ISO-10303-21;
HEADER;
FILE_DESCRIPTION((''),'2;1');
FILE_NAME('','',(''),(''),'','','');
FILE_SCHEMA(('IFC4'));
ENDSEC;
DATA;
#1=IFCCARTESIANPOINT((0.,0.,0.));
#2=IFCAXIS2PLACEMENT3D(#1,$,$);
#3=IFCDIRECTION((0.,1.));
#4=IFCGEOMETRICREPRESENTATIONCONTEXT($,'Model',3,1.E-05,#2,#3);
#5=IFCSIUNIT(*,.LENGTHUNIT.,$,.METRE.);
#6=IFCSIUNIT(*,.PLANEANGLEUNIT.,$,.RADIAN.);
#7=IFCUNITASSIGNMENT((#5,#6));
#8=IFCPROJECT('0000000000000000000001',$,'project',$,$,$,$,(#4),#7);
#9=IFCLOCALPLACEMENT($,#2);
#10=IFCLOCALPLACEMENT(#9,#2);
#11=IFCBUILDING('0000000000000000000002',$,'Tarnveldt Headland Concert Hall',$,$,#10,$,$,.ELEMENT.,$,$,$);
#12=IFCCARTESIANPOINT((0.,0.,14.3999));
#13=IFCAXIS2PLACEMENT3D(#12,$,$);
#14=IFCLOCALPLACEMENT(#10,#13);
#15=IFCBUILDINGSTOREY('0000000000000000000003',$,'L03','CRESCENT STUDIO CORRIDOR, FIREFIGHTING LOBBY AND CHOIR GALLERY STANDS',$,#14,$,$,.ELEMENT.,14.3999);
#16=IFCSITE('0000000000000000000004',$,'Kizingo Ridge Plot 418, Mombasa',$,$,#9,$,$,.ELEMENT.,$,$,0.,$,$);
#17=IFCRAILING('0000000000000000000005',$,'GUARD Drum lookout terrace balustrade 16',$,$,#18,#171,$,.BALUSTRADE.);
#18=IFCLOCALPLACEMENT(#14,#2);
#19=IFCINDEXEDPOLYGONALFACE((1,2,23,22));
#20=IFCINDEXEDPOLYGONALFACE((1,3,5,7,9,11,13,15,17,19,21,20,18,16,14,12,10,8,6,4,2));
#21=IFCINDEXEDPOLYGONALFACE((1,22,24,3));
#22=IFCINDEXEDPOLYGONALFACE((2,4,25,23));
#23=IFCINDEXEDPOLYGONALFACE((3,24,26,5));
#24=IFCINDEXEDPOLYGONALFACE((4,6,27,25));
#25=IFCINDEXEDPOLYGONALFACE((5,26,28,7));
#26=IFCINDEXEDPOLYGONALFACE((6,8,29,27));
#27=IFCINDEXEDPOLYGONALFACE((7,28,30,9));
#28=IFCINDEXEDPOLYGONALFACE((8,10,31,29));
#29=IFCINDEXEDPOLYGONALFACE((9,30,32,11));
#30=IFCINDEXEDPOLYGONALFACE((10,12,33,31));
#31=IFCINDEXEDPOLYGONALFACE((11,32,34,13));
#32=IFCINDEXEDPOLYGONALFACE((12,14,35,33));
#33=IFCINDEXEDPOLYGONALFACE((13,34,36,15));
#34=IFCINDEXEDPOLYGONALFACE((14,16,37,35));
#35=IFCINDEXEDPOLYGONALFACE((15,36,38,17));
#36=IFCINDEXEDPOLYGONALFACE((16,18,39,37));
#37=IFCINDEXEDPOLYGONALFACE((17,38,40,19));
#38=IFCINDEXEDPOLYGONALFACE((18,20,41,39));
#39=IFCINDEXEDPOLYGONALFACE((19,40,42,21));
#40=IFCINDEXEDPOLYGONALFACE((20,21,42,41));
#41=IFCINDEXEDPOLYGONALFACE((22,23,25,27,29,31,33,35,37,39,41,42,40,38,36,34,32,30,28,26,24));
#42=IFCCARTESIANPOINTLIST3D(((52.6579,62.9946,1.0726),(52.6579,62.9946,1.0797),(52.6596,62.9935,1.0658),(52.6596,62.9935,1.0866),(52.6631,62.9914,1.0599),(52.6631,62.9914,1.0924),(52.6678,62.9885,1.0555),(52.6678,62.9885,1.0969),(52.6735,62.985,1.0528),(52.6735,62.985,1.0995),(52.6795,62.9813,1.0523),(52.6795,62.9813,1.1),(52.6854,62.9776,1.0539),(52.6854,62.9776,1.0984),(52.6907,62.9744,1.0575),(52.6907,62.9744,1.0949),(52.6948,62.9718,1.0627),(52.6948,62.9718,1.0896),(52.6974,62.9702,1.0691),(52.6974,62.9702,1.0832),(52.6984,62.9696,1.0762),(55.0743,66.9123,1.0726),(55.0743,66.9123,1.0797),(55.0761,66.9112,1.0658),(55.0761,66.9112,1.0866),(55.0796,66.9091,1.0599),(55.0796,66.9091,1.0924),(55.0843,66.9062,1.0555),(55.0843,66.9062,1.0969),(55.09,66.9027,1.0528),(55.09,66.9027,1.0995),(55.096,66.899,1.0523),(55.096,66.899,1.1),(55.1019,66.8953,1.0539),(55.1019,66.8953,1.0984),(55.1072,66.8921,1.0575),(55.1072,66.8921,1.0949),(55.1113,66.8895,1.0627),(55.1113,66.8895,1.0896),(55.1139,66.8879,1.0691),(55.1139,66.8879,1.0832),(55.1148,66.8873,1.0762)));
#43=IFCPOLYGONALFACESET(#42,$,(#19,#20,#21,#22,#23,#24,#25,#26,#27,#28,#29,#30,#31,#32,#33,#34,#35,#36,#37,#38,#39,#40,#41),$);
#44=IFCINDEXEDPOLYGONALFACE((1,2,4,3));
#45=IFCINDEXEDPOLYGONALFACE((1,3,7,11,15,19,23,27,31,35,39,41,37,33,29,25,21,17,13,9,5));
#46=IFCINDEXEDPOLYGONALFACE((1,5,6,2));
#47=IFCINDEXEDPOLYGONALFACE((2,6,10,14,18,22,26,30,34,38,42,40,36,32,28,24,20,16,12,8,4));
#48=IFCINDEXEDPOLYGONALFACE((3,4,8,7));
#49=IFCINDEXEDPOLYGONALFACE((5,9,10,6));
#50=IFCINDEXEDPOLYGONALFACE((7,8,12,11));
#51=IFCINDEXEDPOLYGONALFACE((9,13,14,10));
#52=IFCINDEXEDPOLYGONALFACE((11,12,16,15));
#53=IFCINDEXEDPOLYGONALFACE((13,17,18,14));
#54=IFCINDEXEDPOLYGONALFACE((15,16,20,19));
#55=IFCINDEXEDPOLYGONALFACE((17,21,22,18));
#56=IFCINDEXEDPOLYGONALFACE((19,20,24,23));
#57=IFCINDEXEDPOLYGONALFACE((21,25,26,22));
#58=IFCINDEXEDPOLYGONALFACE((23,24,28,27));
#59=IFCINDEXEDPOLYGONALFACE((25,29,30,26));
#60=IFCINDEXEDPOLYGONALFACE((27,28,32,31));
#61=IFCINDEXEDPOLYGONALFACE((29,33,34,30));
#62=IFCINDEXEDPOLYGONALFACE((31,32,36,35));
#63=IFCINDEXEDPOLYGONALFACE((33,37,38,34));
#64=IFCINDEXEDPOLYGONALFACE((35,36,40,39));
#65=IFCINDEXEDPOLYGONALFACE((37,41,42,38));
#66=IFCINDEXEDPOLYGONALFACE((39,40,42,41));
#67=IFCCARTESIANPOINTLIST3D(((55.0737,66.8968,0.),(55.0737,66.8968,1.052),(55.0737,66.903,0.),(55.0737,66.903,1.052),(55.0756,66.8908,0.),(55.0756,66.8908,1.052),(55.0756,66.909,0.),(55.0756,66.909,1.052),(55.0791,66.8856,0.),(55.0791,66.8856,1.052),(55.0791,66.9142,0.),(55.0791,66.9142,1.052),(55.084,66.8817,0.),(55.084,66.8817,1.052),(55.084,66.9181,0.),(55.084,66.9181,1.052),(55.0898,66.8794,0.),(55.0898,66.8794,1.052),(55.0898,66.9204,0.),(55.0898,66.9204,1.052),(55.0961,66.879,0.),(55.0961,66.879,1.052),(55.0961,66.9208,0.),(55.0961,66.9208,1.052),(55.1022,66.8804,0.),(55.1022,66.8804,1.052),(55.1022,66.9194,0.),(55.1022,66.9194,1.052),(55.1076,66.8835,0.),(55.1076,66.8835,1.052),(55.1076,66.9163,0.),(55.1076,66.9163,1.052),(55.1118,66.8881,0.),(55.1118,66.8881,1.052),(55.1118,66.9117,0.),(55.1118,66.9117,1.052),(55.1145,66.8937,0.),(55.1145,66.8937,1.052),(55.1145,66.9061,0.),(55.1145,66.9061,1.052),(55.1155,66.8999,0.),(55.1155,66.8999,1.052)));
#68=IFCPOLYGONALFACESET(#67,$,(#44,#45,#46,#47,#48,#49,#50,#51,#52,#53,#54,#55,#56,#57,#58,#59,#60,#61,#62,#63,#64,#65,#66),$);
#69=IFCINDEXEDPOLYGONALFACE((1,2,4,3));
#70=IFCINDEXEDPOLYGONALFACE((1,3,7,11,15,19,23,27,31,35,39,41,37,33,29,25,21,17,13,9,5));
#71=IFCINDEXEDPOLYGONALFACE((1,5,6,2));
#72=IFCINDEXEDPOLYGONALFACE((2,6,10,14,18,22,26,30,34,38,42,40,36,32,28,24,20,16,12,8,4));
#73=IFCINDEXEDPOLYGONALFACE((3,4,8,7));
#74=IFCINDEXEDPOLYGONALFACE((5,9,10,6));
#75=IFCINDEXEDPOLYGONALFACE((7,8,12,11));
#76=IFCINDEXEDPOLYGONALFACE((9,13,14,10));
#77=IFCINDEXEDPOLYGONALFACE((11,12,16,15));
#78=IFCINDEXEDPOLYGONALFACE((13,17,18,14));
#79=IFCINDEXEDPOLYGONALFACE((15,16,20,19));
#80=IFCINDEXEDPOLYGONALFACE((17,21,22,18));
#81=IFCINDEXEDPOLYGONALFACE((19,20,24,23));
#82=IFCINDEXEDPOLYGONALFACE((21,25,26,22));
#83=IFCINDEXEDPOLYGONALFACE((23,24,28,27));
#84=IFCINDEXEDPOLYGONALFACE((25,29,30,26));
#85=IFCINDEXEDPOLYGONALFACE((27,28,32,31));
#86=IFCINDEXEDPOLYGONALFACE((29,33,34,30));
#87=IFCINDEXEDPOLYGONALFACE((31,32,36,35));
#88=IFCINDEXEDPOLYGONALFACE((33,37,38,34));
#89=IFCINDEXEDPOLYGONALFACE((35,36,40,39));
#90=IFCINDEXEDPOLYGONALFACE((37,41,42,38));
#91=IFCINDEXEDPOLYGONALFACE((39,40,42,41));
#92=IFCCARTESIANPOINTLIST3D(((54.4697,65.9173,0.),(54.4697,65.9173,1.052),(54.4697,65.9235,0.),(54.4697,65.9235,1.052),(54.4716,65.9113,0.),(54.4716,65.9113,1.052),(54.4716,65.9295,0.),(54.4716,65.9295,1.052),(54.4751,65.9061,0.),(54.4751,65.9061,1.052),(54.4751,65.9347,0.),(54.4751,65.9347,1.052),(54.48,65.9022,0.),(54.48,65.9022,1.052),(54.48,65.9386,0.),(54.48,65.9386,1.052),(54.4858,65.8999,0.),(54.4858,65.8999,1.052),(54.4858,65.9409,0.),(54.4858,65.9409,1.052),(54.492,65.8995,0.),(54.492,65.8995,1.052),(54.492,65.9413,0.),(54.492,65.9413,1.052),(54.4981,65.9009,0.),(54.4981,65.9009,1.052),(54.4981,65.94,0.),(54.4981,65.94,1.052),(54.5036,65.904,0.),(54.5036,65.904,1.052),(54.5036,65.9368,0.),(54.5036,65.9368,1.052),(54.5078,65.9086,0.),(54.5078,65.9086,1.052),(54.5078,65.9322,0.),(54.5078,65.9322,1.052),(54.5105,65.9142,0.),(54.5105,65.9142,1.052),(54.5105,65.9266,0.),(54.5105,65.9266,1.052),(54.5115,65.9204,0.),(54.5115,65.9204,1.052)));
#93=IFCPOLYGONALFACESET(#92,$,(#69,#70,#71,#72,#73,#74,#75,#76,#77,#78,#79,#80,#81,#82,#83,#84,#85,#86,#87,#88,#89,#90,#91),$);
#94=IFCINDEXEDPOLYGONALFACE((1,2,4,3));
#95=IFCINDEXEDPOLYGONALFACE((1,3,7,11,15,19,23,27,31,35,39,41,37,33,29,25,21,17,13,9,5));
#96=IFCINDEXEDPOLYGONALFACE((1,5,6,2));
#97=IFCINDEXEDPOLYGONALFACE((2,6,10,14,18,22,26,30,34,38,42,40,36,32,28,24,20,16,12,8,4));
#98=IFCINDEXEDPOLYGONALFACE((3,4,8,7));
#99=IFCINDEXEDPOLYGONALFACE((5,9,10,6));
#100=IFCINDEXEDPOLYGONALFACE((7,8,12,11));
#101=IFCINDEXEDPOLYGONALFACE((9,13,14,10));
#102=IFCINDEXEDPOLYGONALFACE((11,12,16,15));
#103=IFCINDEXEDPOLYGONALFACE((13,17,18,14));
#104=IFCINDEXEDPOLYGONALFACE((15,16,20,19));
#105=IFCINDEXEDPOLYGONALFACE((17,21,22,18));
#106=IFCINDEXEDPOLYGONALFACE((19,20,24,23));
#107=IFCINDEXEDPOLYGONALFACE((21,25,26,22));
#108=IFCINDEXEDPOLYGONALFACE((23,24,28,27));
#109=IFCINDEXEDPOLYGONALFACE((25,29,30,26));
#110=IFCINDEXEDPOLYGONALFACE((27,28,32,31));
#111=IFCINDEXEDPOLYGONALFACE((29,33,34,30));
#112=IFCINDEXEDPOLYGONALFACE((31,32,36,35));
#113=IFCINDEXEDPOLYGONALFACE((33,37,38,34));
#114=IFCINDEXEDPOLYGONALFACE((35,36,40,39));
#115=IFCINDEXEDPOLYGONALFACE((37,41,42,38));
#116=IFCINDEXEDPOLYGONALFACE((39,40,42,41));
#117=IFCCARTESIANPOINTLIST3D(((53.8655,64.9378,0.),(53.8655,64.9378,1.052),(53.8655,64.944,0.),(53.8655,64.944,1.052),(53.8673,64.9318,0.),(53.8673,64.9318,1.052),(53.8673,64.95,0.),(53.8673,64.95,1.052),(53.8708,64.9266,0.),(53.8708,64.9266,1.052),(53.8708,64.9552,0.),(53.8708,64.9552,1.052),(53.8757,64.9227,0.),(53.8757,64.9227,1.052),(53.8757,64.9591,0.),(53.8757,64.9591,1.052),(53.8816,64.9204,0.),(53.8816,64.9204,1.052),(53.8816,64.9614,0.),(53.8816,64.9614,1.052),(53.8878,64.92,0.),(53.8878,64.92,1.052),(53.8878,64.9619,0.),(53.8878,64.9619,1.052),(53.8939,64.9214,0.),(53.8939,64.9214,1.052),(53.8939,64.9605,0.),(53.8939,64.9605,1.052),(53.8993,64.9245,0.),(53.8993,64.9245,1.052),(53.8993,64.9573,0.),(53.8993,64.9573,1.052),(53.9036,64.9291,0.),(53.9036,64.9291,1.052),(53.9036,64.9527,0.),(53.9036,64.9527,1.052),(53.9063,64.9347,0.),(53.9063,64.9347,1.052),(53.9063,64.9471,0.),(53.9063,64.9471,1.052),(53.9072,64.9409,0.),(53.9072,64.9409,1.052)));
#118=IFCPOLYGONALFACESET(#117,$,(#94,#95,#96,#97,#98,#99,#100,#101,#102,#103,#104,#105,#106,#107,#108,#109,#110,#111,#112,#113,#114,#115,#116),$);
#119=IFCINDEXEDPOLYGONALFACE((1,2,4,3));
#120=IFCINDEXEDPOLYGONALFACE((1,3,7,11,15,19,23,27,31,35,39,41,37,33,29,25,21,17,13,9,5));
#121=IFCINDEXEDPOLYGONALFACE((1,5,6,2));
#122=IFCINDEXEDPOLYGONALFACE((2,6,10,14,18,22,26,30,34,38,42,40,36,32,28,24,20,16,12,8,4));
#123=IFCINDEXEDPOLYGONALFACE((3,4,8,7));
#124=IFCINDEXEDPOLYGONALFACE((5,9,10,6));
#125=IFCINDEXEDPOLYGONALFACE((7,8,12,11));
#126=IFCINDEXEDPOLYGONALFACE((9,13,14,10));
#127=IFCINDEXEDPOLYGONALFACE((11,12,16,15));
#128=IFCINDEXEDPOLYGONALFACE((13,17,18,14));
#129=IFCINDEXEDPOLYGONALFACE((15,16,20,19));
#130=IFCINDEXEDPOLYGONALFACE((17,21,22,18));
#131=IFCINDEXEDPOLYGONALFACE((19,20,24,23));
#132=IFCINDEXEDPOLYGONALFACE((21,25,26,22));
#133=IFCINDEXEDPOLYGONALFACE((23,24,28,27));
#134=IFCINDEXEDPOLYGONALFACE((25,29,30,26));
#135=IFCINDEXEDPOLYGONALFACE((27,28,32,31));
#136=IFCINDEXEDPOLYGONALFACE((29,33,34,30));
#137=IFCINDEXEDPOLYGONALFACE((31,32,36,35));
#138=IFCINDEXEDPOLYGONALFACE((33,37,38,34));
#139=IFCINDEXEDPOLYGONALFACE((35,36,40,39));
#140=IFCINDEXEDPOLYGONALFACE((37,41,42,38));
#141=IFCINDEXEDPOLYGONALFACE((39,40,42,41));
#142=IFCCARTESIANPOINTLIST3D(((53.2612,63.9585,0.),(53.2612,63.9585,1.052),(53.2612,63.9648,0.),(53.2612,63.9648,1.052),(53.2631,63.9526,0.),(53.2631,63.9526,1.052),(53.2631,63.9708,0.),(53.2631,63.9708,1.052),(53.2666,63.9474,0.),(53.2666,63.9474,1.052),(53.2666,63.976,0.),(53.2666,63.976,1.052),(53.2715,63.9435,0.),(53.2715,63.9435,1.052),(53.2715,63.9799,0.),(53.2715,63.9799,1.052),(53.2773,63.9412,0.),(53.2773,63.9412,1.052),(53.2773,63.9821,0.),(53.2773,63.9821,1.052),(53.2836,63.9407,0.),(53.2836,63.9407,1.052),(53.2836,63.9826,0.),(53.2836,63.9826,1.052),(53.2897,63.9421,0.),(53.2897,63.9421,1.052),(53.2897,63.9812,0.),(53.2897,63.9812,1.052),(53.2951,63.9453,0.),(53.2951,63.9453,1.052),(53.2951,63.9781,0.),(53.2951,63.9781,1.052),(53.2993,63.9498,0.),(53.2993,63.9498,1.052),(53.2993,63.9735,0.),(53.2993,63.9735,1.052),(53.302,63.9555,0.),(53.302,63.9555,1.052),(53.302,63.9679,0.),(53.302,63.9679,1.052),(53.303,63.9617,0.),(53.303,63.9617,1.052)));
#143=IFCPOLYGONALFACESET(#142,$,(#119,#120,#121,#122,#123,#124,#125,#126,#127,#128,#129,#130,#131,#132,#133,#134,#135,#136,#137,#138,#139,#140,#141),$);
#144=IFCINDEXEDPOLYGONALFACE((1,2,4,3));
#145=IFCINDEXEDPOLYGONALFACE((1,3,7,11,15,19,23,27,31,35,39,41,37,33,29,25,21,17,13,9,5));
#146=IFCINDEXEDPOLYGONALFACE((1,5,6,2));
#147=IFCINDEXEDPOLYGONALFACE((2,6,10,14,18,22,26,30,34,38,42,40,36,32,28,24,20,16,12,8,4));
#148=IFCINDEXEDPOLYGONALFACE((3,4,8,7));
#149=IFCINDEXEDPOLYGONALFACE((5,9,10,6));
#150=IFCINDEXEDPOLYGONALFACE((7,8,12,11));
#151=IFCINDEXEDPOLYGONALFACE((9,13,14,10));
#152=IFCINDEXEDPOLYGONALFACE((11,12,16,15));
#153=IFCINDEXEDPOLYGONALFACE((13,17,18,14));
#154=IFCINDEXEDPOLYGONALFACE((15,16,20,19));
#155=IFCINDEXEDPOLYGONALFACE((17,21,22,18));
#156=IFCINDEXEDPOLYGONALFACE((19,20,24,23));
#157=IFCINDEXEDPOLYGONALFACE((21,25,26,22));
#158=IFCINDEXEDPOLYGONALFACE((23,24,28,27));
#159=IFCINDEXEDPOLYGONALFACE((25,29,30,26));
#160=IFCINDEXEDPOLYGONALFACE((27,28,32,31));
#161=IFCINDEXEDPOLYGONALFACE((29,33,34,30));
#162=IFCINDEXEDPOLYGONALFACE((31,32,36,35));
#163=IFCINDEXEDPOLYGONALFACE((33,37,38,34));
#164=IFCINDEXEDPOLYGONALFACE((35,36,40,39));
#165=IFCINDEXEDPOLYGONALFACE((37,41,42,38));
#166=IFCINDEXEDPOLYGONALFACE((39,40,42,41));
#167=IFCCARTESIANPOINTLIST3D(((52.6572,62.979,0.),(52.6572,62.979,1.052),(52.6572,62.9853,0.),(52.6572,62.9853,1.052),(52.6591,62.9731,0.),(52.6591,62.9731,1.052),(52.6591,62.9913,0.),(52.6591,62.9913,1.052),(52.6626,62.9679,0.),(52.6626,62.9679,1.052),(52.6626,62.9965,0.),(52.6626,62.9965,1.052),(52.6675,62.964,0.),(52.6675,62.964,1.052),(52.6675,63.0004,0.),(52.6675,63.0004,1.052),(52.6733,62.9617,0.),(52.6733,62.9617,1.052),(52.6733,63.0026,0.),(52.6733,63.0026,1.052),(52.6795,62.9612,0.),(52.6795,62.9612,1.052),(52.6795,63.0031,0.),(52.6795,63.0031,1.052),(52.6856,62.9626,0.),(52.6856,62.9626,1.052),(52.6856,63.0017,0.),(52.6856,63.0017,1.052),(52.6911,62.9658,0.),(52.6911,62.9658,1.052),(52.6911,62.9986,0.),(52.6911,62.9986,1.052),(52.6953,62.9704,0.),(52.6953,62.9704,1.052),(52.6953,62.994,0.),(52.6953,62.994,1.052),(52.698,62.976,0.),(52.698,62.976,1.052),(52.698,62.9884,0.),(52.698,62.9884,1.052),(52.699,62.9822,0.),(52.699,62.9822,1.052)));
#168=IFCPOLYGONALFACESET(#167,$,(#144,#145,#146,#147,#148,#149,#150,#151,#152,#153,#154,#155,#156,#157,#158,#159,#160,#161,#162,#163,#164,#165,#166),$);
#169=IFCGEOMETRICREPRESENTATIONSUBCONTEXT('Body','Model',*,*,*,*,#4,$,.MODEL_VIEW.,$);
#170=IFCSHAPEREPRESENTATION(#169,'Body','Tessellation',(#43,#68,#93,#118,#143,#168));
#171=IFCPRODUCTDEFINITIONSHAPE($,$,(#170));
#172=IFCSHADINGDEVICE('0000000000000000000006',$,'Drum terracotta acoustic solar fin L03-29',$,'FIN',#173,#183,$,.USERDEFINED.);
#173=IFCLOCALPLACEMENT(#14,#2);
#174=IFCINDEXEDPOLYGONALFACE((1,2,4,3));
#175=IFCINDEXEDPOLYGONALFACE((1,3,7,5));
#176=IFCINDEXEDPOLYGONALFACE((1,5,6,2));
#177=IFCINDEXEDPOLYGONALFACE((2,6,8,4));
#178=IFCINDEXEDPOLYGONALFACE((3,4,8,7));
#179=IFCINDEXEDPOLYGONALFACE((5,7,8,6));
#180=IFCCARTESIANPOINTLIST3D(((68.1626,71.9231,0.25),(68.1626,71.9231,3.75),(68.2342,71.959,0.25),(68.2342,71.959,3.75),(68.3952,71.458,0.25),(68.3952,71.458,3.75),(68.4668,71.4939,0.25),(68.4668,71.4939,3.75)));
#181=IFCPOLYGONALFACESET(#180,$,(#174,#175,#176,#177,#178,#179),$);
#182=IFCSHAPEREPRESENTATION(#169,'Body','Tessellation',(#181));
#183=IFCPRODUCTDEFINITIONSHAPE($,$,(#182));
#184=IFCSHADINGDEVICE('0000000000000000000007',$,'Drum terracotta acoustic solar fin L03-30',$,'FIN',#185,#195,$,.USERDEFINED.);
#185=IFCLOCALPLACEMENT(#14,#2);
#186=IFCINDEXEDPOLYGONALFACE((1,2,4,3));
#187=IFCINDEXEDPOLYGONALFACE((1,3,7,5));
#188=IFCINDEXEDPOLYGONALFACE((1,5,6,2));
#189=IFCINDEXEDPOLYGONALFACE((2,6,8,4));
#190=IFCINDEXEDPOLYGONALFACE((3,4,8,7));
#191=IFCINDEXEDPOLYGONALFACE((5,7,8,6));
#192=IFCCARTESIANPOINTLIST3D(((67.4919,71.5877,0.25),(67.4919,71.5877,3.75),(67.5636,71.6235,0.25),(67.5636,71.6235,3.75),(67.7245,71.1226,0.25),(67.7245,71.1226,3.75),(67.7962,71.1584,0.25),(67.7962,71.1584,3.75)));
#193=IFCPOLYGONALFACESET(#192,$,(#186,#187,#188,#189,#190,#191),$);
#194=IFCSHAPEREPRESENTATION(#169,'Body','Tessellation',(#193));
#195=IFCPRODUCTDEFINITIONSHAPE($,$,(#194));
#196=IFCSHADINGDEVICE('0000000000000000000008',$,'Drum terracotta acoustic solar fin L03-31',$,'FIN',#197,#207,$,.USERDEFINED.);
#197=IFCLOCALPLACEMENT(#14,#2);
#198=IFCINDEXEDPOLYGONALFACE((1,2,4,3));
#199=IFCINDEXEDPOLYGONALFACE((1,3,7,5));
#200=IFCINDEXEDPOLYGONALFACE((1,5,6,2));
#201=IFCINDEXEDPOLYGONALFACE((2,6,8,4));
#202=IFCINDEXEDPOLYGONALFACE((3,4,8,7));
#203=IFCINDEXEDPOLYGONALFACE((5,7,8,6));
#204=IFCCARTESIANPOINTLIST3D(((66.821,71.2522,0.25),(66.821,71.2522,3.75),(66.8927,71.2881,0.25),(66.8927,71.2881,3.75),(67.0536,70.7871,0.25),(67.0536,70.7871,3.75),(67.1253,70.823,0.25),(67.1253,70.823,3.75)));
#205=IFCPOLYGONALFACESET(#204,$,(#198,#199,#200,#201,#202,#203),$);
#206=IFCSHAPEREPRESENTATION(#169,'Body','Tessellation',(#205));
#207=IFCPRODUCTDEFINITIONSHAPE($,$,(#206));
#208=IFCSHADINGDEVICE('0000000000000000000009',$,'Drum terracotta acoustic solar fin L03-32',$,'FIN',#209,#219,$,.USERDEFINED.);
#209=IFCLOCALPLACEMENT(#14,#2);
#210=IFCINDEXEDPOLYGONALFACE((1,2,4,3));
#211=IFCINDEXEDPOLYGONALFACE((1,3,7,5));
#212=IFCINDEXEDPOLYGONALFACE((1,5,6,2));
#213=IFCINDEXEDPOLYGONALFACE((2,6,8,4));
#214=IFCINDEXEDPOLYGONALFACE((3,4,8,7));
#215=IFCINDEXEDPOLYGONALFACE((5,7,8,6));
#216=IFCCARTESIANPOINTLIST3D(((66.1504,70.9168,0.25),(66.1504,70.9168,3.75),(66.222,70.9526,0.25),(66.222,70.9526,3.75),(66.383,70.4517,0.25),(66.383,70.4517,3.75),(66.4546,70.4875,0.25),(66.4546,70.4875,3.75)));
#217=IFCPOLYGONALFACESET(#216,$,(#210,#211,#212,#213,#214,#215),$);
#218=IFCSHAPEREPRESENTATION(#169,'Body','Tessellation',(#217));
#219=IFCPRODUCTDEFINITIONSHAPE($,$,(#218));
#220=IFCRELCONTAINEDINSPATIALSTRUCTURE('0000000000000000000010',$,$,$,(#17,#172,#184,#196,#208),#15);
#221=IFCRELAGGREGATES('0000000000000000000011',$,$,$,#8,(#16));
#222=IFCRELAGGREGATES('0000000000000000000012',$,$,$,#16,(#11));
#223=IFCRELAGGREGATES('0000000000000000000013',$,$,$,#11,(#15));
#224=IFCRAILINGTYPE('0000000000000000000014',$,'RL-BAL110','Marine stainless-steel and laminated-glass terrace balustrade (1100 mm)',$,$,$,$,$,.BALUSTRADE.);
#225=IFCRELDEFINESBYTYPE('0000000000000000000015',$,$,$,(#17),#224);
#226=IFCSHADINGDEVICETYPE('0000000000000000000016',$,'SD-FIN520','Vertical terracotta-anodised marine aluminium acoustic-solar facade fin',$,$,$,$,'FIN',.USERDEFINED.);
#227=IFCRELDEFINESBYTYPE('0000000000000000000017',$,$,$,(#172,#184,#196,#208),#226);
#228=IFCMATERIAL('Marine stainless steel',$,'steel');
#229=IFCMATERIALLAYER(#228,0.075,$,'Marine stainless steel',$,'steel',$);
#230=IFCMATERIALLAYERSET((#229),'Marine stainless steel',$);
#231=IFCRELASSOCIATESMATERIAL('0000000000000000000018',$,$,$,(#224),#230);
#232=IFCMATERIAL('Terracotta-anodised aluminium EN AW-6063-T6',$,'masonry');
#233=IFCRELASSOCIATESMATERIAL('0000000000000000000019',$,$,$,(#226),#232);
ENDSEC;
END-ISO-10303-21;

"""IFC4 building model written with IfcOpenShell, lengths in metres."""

from ifc_helpers import new_model, si_unit, direction, frame, origin, origin_2d, place, context, subcontext, project, spatial, rectangle, circle, extrude, material, layer, layer_set, type_object, element, save


model = new_model("IFC4")

# Units and contexts
model_context = context("Model", 3, precision=1e-05, world=origin(), true_north=direction((0.0, 1.0)))
body_context = subcontext(model_context, "Body", "Model", "MODEL_VIEW")
ifc_project = project(units=[si_unit("LENGTHUNIT", "METRE"), si_unit("PLANEANGLEUNIT", "RADIAN")], contexts=[model_context])

# Site, building, storey
site_placement = place(None, origin())
site = spatial("IfcSite", under=ifc_project, at=site_placement, Name="Kizingo Ridge Plot 418, Mombasa", CompositionType="ELEMENT", RefElevation=0.0)
building_placement = place(site_placement, origin())
building = spatial("IfcBuilding", under=site, at=building_placement, Name="Tarnveldt Headland Concert Hall", CompositionType="ELEMENT")
storey_placement = place(building_placement, frame((0.0, 0.0, 14.3999)))
storey = spatial("IfcBuildingStorey", under=building, at=storey_placement, Name="L03", Description="CRESCENT STUDIO CORRIDOR, FIREFIGHTING LOBBY AND CHOIR GALLERY STANDS", CompositionType="ELEMENT", Elevation=14.3999)

# Railing
ifc_material_1 = material(Name="Marine stainless steel", Category="steel")
ifc_layer_1 = layer(ifc_material_1, 0.075, Name="Marine stainless steel", Category="steel")
ifc_layer_set_1 = layer_set([ifc_layer_1], Name="Marine stainless steel")
railing_type = type_object("IfcRailingType", Name="RL-BAL110", Description="Marine stainless-steel and laminated-glass terrace balustrade (1100 mm)", PredefinedType="BALUSTRADE", material=ifc_layer_set_1)
railing_1_placement = place(storey_placement, frame((55.0945, 66.8999, 0.0)))
element("IfcRailing", 1, at=railing_1_placement, inside=storey, type_object=railing_type, Name="GUARD Drum lookout terrace balustrade 16", PredefinedType="BALUSTRADE", context=body_context, shape_type="SweptSolid", body=[
    extrude(circle(Radius=0.0239, at=origin_2d()), frame((0.0, 0.0, 1.0762), z_axis=(-0.524979, -0.851115, 0.0), x_axis=(0.851115, -0.524979, 0.0)), (0.0, 0.0, 1.0), 4.603),
    extrude(circle(Radius=0.021, at=origin_2d()), origin(), (0.0, 0.0, 1.0), 1.052),
    extrude(circle(Radius=0.021, at=origin_2d()), frame((-0.604, -0.9795, 0.0)), (0.0, 0.0, 1.0), 1.052),
    extrude(circle(Radius=0.021, at=origin_2d()), frame((-1.2083, -1.959, 0.0)), (0.0, 0.0, 1.0), 1.052),
    extrude(circle(Radius=0.021, at=origin_2d()), frame((-1.8125, -2.9382, 0.0)), (0.0, 0.0, 1.0), 1.052),
    extrude(circle(Radius=0.021, at=origin_2d()), frame((-2.4165, -3.9177, 0.0)), (0.0, 0.0, 1.0), 1.052),
])

# Shading devices
ifc_material_2 = material(Name="Terracotta-anodised aluminium EN AW-6063-T6", Category="masonry")
shading_device_type = type_object("IfcShadingDeviceType", Name="SD-FIN520", Description="Vertical terracotta-anodised marine aluminium acoustic-solar facade fin", ElementType="FIN", PredefinedType="USERDEFINED", material=ifc_material_2)
for number, where, z_axis, x_axis, name in (
    (2, (68.3147, 71.7085, 0.25), (0.0, 0.0, 1.0), (-0.447291, 0.894389, 0.0), "Drum terracotta acoustic solar fin L03-29"),
    (3, (67.644, 71.373, 0.25), (0.0, 0.0, 1.0), (-0.447291, 0.894389, 0.0), "Drum terracotta acoustic solar fin L03-30"),
    (4, (66.9731, 71.0376, 0.25), (0.0, 0.0, 1.0), (-0.447291, 0.894389, 0.0), "Drum terracotta acoustic solar fin L03-31"),
    (5, (66.3025, 70.7021, 0.25), (0.0, 0.0, 1.0), (-0.447291, 0.894389, 0.0), "Drum terracotta acoustic solar fin L03-32"),
):
    element("IfcShadingDevice", number, at=place(storey_placement, frame(where, z_axis=z_axis, x_axis=x_axis)), inside=storey, type_object=shading_device_type, Name=name, ObjectType="FIN", PredefinedType="USERDEFINED", context=body_context, shape_type="SweptSolid", body=[
        extrude(rectangle(XDim=0.52, YDim=0.0801, at=origin_2d()), origin(), (0.0, 0.0, 1.0), 3.5),
    ])

save(model, "model.ifc")
